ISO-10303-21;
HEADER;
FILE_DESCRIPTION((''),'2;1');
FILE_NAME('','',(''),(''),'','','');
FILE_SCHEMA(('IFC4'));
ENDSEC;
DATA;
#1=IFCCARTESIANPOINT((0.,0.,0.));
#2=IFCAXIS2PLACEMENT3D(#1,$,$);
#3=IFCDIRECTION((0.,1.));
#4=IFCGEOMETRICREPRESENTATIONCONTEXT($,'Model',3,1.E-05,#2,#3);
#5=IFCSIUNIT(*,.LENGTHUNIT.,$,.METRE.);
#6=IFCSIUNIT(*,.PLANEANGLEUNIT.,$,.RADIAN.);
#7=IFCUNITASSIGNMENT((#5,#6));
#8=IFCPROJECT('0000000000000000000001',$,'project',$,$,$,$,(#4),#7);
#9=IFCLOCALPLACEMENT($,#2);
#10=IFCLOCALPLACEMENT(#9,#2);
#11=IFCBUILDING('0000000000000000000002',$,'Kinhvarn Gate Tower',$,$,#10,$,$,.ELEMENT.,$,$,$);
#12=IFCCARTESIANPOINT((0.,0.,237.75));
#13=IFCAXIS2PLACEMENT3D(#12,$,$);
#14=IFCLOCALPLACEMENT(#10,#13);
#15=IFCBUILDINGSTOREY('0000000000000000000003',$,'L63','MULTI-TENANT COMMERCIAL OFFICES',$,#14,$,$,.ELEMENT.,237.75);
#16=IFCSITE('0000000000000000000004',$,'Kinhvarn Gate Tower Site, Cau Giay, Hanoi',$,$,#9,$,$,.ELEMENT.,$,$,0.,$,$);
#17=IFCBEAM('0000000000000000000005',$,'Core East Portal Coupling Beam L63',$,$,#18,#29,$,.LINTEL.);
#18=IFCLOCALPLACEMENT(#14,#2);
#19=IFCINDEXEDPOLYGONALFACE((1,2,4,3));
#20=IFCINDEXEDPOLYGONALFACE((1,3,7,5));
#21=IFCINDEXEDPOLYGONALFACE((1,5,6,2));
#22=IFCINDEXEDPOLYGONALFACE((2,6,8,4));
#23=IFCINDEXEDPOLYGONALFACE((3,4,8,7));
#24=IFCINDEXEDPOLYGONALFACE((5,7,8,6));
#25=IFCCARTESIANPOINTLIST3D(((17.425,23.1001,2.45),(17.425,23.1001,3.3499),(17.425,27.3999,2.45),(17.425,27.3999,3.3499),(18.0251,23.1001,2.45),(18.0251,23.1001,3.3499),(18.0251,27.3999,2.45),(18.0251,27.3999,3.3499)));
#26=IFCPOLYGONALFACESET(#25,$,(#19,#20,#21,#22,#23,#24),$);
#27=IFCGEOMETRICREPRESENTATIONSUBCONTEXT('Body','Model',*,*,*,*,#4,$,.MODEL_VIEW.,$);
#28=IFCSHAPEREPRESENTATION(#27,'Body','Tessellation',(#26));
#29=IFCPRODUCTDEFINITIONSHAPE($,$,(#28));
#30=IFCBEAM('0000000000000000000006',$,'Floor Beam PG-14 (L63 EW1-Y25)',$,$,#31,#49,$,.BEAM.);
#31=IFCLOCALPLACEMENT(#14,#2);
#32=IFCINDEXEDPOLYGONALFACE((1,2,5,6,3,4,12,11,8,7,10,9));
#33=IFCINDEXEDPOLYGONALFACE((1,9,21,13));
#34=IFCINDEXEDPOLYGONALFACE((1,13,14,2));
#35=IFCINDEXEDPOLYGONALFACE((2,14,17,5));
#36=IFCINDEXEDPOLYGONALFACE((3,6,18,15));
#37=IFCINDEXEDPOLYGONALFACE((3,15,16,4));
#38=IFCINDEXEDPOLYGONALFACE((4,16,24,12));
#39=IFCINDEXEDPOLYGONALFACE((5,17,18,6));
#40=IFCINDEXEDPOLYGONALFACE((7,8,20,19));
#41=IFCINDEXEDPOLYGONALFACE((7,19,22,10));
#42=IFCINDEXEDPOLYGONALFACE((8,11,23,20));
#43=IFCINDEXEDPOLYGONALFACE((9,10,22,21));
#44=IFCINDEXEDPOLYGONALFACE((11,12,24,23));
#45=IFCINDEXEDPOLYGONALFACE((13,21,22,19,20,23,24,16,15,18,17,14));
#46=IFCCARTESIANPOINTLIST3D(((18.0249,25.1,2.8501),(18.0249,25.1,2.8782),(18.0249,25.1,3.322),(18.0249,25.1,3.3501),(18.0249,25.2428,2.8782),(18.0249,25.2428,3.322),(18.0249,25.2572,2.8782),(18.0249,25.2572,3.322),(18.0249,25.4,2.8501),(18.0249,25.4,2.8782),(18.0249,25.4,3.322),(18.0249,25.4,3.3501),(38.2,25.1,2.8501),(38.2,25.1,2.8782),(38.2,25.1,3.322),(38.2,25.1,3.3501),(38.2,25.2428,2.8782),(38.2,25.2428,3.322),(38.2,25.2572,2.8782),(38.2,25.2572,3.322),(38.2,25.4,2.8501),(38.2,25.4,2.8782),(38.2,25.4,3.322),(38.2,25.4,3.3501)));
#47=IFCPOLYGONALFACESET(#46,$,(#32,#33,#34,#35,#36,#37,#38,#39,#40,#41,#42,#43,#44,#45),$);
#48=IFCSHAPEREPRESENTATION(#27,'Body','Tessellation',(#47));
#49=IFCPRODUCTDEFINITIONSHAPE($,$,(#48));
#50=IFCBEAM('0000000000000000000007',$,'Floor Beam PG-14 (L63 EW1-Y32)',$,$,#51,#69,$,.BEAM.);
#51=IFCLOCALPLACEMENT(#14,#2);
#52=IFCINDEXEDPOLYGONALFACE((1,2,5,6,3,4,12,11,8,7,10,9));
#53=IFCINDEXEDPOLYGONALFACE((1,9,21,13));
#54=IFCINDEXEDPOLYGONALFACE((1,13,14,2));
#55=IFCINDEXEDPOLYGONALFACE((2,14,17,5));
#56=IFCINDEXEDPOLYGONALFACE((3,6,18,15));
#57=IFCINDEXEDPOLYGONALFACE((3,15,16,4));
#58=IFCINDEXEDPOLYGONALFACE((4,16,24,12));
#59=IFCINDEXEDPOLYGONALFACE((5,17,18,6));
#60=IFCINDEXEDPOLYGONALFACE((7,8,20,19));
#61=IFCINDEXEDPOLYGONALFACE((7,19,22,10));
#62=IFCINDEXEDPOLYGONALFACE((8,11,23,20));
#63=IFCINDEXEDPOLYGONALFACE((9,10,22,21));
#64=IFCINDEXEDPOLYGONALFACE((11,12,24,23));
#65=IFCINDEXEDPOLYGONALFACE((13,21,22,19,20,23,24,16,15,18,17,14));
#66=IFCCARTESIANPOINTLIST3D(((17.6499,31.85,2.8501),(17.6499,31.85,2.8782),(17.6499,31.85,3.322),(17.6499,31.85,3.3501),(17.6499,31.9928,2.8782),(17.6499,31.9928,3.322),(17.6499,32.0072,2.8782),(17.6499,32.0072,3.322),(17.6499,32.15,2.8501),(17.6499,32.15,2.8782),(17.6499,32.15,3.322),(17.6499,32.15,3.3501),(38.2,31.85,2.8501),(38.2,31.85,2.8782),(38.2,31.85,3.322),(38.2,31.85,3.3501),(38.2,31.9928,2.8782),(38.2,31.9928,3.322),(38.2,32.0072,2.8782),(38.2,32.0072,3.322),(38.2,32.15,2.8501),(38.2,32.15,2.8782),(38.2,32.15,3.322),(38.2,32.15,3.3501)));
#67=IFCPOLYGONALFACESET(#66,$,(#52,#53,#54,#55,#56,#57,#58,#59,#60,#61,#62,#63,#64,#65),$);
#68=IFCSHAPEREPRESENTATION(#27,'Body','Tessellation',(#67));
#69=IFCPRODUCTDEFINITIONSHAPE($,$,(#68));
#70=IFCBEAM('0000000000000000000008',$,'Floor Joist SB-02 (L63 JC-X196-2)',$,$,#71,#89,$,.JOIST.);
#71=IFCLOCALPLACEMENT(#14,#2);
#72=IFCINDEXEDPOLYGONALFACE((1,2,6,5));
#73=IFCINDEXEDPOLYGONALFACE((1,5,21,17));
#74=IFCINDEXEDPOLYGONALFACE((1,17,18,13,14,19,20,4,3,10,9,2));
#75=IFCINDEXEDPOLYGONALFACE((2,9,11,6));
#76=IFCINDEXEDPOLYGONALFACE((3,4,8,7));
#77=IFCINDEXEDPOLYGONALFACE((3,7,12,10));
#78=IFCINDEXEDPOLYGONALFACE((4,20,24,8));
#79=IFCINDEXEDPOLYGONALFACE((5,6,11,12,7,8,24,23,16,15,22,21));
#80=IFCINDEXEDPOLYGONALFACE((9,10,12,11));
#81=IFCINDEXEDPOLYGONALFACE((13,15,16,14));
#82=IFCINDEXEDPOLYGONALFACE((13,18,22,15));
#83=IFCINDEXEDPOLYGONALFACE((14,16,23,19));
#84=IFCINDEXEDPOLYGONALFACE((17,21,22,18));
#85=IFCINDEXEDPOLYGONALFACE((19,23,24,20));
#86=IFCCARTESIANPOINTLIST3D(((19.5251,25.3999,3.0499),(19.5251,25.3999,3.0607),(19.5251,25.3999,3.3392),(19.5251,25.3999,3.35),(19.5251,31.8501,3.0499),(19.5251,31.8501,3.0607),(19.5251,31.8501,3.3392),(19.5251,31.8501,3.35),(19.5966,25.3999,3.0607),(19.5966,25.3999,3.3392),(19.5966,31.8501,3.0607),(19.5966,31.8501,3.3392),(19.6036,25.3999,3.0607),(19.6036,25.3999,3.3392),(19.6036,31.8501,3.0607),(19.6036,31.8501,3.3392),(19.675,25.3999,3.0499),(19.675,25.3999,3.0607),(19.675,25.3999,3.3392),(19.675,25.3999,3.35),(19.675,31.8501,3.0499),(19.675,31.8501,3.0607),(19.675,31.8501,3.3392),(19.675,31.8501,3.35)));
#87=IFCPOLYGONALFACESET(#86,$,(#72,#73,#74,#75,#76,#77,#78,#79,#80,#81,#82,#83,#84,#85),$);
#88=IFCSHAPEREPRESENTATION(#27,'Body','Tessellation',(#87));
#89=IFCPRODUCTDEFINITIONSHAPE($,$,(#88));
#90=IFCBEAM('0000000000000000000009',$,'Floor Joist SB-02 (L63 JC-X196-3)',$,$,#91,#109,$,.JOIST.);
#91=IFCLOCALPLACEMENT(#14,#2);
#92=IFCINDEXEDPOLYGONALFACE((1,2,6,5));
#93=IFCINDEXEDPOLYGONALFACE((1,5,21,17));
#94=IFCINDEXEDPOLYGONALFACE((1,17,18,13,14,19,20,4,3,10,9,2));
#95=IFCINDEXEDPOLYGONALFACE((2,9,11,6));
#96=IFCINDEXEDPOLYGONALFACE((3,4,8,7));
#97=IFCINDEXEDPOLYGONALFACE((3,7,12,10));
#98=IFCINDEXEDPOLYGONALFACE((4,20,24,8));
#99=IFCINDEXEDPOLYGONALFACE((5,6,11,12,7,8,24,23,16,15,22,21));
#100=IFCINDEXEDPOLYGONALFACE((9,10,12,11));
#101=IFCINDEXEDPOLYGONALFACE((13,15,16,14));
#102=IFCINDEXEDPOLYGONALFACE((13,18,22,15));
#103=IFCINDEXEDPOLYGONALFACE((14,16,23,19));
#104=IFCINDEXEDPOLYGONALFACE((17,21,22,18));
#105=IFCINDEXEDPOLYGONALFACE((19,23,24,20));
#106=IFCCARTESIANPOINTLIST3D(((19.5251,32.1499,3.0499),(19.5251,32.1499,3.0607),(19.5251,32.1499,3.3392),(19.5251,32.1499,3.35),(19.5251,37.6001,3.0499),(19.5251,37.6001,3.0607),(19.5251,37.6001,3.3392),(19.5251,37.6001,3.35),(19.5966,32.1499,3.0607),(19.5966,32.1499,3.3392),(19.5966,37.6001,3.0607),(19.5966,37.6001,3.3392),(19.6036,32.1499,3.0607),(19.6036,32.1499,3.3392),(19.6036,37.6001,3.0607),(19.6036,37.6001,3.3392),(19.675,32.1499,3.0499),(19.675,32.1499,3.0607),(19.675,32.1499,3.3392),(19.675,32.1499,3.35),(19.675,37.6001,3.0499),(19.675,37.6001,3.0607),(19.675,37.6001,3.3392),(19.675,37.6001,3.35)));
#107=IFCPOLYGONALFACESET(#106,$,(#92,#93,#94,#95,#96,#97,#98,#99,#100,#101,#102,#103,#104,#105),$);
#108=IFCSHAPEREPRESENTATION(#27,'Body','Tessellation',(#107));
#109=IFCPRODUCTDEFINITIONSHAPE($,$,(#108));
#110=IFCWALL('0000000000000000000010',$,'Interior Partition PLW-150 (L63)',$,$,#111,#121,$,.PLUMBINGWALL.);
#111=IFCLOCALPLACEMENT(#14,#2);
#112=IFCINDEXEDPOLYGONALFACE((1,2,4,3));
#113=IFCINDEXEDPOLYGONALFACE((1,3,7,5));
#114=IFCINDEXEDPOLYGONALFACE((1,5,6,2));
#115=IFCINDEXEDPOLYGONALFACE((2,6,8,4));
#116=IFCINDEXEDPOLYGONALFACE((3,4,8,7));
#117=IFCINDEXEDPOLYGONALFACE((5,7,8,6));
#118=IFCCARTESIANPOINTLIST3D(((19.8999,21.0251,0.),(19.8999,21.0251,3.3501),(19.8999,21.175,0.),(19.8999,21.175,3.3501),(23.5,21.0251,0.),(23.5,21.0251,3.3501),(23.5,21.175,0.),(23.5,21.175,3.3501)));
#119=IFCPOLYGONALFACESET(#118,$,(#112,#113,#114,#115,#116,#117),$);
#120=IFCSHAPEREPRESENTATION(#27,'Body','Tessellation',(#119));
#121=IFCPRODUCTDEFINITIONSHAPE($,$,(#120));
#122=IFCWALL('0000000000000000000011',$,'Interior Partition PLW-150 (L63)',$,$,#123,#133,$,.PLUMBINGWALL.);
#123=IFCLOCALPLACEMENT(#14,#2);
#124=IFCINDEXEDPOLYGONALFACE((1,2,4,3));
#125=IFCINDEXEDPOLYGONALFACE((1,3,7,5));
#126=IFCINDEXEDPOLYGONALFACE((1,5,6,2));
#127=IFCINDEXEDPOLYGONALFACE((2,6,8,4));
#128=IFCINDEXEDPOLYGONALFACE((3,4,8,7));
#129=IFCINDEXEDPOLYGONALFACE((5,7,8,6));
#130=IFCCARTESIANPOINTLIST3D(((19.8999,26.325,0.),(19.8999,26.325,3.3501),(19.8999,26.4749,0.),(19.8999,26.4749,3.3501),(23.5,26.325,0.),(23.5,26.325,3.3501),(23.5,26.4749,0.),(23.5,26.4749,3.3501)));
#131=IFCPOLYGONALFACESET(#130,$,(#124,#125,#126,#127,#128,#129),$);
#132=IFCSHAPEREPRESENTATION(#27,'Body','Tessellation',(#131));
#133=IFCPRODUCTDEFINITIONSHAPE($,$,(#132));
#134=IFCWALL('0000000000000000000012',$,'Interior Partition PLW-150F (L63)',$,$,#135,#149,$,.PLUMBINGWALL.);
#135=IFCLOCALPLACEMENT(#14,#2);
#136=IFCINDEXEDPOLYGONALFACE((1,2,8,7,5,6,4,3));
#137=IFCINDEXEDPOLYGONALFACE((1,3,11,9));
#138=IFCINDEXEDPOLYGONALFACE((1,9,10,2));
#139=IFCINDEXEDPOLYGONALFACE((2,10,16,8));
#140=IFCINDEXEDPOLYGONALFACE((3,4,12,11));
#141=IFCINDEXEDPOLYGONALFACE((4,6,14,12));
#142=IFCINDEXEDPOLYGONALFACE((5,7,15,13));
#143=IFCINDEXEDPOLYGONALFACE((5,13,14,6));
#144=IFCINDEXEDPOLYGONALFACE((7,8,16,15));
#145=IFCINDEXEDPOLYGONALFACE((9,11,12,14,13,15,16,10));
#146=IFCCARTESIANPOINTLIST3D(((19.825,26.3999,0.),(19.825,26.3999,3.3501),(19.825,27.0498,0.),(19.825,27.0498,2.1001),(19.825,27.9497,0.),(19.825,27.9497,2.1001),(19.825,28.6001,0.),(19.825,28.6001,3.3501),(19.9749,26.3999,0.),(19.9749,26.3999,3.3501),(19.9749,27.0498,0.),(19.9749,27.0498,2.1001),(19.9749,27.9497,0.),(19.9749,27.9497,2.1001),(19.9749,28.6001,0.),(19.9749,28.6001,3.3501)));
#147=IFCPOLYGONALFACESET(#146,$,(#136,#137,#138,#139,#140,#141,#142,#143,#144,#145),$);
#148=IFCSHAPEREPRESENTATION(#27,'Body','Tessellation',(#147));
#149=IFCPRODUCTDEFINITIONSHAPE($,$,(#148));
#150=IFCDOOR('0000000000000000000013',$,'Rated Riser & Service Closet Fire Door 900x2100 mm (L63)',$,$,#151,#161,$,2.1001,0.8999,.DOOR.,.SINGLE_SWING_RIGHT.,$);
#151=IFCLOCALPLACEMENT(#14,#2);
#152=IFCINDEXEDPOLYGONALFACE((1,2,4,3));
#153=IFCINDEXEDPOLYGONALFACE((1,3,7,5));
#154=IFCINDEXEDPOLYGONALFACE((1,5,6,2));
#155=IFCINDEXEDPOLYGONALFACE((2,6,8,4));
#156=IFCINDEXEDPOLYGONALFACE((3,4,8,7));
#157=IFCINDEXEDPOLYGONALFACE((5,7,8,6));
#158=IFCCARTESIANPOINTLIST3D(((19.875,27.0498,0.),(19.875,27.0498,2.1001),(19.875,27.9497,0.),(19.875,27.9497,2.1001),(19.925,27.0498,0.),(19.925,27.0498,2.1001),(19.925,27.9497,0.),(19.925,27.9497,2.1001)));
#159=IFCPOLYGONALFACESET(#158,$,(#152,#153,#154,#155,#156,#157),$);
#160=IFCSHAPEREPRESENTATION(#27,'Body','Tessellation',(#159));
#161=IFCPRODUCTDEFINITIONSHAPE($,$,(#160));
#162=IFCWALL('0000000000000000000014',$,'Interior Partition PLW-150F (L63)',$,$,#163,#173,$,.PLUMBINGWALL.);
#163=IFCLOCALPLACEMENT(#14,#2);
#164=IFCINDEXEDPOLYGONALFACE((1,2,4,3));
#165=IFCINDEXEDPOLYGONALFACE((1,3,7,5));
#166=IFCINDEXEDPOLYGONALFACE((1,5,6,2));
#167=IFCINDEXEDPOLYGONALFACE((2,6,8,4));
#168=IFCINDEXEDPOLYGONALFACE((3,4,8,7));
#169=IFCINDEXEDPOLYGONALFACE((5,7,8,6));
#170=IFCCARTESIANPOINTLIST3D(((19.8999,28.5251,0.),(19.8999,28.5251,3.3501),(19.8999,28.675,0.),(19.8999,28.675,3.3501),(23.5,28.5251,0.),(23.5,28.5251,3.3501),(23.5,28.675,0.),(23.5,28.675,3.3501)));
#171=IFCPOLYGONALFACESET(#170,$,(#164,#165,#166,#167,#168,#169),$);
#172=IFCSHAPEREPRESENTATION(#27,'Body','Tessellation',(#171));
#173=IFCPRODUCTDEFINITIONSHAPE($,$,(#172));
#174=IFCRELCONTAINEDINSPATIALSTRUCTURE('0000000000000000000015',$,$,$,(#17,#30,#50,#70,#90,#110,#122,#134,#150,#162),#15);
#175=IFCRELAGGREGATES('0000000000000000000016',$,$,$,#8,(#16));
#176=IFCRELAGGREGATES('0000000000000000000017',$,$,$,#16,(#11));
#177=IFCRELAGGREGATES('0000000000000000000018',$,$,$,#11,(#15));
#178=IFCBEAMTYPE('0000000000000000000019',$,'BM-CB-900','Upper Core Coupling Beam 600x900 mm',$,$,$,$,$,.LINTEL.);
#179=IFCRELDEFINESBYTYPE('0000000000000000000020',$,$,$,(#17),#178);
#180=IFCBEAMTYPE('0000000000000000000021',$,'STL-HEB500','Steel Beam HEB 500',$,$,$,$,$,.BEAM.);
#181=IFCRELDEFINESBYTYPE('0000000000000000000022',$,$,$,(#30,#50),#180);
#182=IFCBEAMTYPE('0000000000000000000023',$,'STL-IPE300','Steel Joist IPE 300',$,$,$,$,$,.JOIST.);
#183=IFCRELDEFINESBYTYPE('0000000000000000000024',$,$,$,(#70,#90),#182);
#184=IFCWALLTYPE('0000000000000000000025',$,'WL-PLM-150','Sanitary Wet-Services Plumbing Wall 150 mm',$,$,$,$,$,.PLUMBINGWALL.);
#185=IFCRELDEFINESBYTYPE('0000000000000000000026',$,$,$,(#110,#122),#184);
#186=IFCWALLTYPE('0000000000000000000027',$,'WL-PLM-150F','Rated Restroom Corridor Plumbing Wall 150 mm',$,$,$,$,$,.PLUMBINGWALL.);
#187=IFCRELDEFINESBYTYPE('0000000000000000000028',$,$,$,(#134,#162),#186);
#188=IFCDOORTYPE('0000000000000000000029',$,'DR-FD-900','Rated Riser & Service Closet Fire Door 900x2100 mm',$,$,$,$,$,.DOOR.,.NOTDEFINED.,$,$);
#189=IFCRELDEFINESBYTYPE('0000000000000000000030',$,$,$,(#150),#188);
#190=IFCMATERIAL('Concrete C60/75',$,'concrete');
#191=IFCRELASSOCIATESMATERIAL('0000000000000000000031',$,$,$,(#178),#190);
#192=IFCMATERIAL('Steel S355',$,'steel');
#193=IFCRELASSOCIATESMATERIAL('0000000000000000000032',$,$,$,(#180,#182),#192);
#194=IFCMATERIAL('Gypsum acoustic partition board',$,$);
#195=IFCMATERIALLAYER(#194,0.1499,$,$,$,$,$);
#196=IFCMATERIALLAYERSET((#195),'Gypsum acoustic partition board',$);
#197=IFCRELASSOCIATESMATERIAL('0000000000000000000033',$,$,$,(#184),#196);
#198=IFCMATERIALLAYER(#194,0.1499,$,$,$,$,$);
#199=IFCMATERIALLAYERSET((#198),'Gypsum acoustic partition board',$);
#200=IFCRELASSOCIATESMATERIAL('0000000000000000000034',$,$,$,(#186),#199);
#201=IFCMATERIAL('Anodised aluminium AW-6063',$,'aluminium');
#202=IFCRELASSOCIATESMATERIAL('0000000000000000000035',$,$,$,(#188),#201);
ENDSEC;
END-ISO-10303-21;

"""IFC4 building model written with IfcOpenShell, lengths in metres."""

from ifc_helpers import new_model, si_unit, direction, frame, frame_2d, origin, origin_2d, place, context, subcontext, project, spatial, rectangle, i_section, extrude, material, layer, layer_set, material_profile, profile_set, type_object, element, fill, save


model = new_model("IFC4")

# Units and contexts
model_context = context("Model", 3, precision=1e-05, world=origin(), true_north=direction((0.0, 1.0)))
body_context = subcontext(model_context, "Body", "Model", "MODEL_VIEW")
ifc_project = project(units=[si_unit("LENGTHUNIT", "METRE"), si_unit("PLANEANGLEUNIT", "RADIAN")], contexts=[model_context])

# Site, building, storey
site_placement = place(None, origin())
site = spatial("IfcSite", under=ifc_project, at=site_placement, Name="Kinhvarn Gate Tower Site, Cau Giay, Hanoi", CompositionType="ELEMENT", RefElevation=0.0)
building_placement = place(site_placement, origin())
building = spatial("IfcBuilding", under=site, at=building_placement, Name="Kinhvarn Gate Tower", CompositionType="ELEMENT")
storey_placement = place(building_placement, frame((0.0, 0.0, 237.75)))
storey = spatial("IfcBuildingStorey", under=building, at=storey_placement, Name="L63", Description="MULTI-TENANT COMMERCIAL OFFICES", CompositionType="ELEMENT", Elevation=237.75)

# Beams
ifc_material_1 = material(Name="Concrete C60/75", Category="concrete")
ifc_material_profile_1 = material_profile(ifc_material_1, rectangle(XDim=0.6001, YDim=0.8999, at=origin_2d()), Name="RC 600x900")
ifc_profile_set_1 = profile_set([ifc_material_profile_1], Name="Concrete C60/75")
beam_type_1 = type_object("IfcBeamType", Name="BM-CB-900", Description="Upper Core Coupling Beam 600x900 mm", PredefinedType="LINTEL", material=ifc_profile_set_1)
beam_1_placement = place(storey_placement, frame((17.7251, 23.1001, 2.8999), z_axis=(0.0, 1.0, 0.0), x_axis=(-1.0, 0.0, 0.0)))
element("IfcBeam", 1, at=beam_1_placement, inside=storey, type_object=beam_type_1, Name="Core East Portal Coupling Beam L63", PredefinedType="LINTEL", context=body_context, shape_type="SweptSolid", body=[
    extrude(rectangle(XDim=0.6001, YDim=0.8999, at=origin_2d()), origin(), (0.0, 0.0, 1.0), 4.2998),
])
ifc_material_2 = material(Name="Steel S355", Category="steel")
ifc_material_profile_2 = material_profile(ifc_material_2, i_section(OverallWidth=0.3, OverallDepth=0.5, WebThickness=0.0144, FlangeThickness=0.0281, at=origin_2d()), Name="HEB 500")
ifc_profile_set_2 = profile_set([ifc_material_profile_2], Name="Steel S355")
beam_type_2 = type_object("IfcBeamType", Name="STL-HEB500", Description="Steel Beam HEB 500", PredefinedType="BEAM", material=ifc_profile_set_2)
beam_2_placement = place(storey_placement, frame((18.0249, 25.25, 3.1001), z_axis=(1.0, 0.0, 0.0), x_axis=(0.0, 1.0, 0.0)))
element("IfcBeam", 2, at=beam_2_placement, inside=storey, type_object=beam_type_2, Name="Floor Beam PG-14 (L63 EW1-Y25)", PredefinedType="BEAM", context=body_context, shape_type="SweptSolid", body=[
    extrude(i_section(OverallWidth=0.3, OverallDepth=0.5, WebThickness=0.0144, FlangeThickness=0.0281, at=origin_2d()), origin(), (0.0, 0.0, 1.0), 20.175),
])
beam_3_placement = place(storey_placement, frame((17.6499, 32.0, 3.1001), z_axis=(1.0, 0.0, 0.0), x_axis=(0.0, 1.0, 0.0)))
element("IfcBeam", 3, at=beam_3_placement, inside=storey, type_object=beam_type_2, Name="Floor Beam PG-14 (L63 EW1-Y32)", PredefinedType="BEAM", context=body_context, shape_type="SweptSolid", body=[
    extrude(i_section(OverallWidth=0.3, OverallDepth=0.5, WebThickness=0.0144, FlangeThickness=0.0281, at=origin_2d()), origin(), (0.0, 0.0, 1.0), 20.55),
])
ifc_material_profile_3 = material_profile(ifc_material_2, i_section(OverallWidth=0.1499, OverallDepth=0.3, WebThickness=0.0071, FlangeThickness=0.0107, at=origin_2d()), Name="IPE 300")
ifc_profile_set_3 = profile_set([ifc_material_profile_3], Name="Steel S355")
beam_type_3 = type_object("IfcBeamType", Name="STL-IPE300", Description="Steel Joist IPE 300", PredefinedType="JOIST", material=ifc_profile_set_3)
beam_4_placement = place(storey_placement, frame((19.6001, 25.3999, 3.2), z_axis=(0.0, 1.0, 0.0), x_axis=(-1.0, 0.0, 0.0)))
element("IfcBeam", 4, at=beam_4_placement, inside=storey, type_object=beam_type_3, Name="Floor Joist SB-02 (L63 JC-X196-2)", PredefinedType="JOIST", context=body_context, shape_type="SweptSolid", body=[
    extrude(i_section(OverallWidth=0.1499, OverallDepth=0.3, WebThickness=0.0071, FlangeThickness=0.0107, at=origin_2d()), origin(), (0.0, 0.0, 1.0), 6.4502),
])
beam_5_placement = place(storey_placement, frame((19.6001, 32.1499, 3.2), z_axis=(0.0, 1.0, 0.0), x_axis=(-1.0, 0.0, 0.0)))
element("IfcBeam", 5, at=beam_5_placement, inside=storey, type_object=beam_type_3, Name="Floor Joist SB-02 (L63 JC-X196-3)", PredefinedType="JOIST", context=body_context, shape_type="SweptSolid", body=[
    extrude(i_section(OverallWidth=0.1499, OverallDepth=0.3, WebThickness=0.0071, FlangeThickness=0.0107, at=origin_2d()), origin(), (0.0, 0.0, 1.0), 5.4502),
])

# Shared definitions
ifc_material_3 = material(Name="Anodised aluminium AW-6063", Category="aluminium")

# Walls
ifc_material_4 = material(Name="Gypsum acoustic partition board")
ifc_layer_1 = layer(ifc_material_4, 0.1499)
ifc_layer_set_1 = layer_set([ifc_layer_1], Name="Gypsum acoustic partition board")
wall_type_1 = type_object("IfcWallType", Name="WL-PLM-150", Description="Sanitary Wet-Services Plumbing Wall 150 mm", PredefinedType="PLUMBINGWALL", material=ifc_layer_set_1)
for number, where, z_axis, x_axis, name in (
    (6, (19.8999, 21.1001, 0.0), (0.0, 0.0, 1.0), (1.0, 0.0, 0.0), "Interior Partition PLW-150 (L63)"),
    (7, (19.8999, 26.3999, 0.0), (0.0, 0.0, 1.0), (1.0, 0.0, 0.0), "Interior Partition PLW-150 (L63)"),
):
    element("IfcWall", number, at=place(storey_placement, frame(where, z_axis=z_axis, x_axis=x_axis)), inside=storey, type_object=wall_type_1, Name=name, PredefinedType="PLUMBINGWALL", context=body_context, shape_type="SweptSolid", body=[
        extrude(rectangle(XDim=3.6001, YDim=0.1499, at=frame_2d((1.8, 0.0))), origin(), (0.0, 0.0, 1.0), 3.3501),
    ])

# Wall, opening, door
ifc_layer_2 = layer(ifc_material_4, 0.1499)
ifc_layer_set_2 = layer_set([ifc_layer_2], Name="Gypsum acoustic partition board")
wall_type_2 = type_object("IfcWallType", Name="WL-PLM-150F", Description="Rated Restroom Corridor Plumbing Wall 150 mm", PredefinedType="PLUMBINGWALL", material=ifc_layer_set_2)
wall_1_placement = place(storey_placement, frame((19.8999, 26.3999, 0.0), z_axis=(0.0, 0.0, 1.0), x_axis=(0.0, 1.0, 0.0)))
wall_1 = element("IfcWall", 8, at=wall_1_placement, inside=storey, type_object=wall_type_2, Name="Interior Partition PLW-150F (L63)", PredefinedType="PLUMBINGWALL", context=body_context, shape_type="SweptSolid", body=[
    extrude(rectangle(XDim=2.2002, YDim=0.1499, at=frame_2d((1.1001, 0.0))), origin(), (0.0, 0.0, 1.0), 3.3501),
])
opening_1_placement = place(wall_1_placement, frame((0.6499, 0.0, 0.0)))
opening_1 = element("IfcOpeningElement", 9, at=opening_1_placement, cuts=wall_1, PredefinedType="OPENING", context=body_context, shape_type="SweptSolid", body=[
    extrude(rectangle(XDim=0.8999, YDim=2.1001, at=frame_2d((0.45, 1.05))), frame((0.0, 0.085, 0.0), z_axis=(0.0, -1.0, 0.0), x_axis=(1.0, 0.0, 0.0)), (0.0, 0.0, 1.0), 0.1699),
])
door_type_1 = type_object("IfcDoorType", Name="DR-FD-900", Description="Rated Riser & Service Closet Fire Door 900x2100 mm", OperationType="NOTDEFINED", PredefinedType="DOOR", material=ifc_material_3)
door_1_placement = place(opening_1_placement, origin())
door_1 = element("IfcDoor", 10, at=door_1_placement, inside=storey, type_object=door_type_1, Name="Rated Riser & Service Closet Fire Door 900x2100 mm (L63)", OperationType="SINGLE_SWING_RIGHT", OverallHeight=2.1001, OverallWidth=0.8999, PredefinedType="DOOR", context=body_context, shape_type="SweptSolid", body=[
    extrude(rectangle(XDim=0.8999, YDim=2.1001, at=frame_2d((0.45, 1.05))), frame((0.0, 0.0249, 0.0), z_axis=(0.0, -1.0, 0.0), x_axis=(1.0, 0.0, 0.0)), (0.0, 0.0, 1.0), 0.05),
])
fill(opening_1, door_1)

# Wall
wall_2_placement = place(storey_placement, frame((19.8999, 28.6001, 0.0), z_axis=(0.0, 0.0, 1.0), x_axis=(1.0, 0.0, 0.0)))
element("IfcWall", 11, at=wall_2_placement, inside=storey, type_object=wall_type_2, Name="Interior Partition PLW-150F (L63)", PredefinedType="PLUMBINGWALL", context=body_context, shape_type="SweptSolid", body=[
    extrude(rectangle(XDim=3.6001, YDim=0.1499, at=frame_2d((1.8, 0.0))), origin(), (0.0, 0.0, 1.0), 3.3501),
])

save(model, "model.ifc")
